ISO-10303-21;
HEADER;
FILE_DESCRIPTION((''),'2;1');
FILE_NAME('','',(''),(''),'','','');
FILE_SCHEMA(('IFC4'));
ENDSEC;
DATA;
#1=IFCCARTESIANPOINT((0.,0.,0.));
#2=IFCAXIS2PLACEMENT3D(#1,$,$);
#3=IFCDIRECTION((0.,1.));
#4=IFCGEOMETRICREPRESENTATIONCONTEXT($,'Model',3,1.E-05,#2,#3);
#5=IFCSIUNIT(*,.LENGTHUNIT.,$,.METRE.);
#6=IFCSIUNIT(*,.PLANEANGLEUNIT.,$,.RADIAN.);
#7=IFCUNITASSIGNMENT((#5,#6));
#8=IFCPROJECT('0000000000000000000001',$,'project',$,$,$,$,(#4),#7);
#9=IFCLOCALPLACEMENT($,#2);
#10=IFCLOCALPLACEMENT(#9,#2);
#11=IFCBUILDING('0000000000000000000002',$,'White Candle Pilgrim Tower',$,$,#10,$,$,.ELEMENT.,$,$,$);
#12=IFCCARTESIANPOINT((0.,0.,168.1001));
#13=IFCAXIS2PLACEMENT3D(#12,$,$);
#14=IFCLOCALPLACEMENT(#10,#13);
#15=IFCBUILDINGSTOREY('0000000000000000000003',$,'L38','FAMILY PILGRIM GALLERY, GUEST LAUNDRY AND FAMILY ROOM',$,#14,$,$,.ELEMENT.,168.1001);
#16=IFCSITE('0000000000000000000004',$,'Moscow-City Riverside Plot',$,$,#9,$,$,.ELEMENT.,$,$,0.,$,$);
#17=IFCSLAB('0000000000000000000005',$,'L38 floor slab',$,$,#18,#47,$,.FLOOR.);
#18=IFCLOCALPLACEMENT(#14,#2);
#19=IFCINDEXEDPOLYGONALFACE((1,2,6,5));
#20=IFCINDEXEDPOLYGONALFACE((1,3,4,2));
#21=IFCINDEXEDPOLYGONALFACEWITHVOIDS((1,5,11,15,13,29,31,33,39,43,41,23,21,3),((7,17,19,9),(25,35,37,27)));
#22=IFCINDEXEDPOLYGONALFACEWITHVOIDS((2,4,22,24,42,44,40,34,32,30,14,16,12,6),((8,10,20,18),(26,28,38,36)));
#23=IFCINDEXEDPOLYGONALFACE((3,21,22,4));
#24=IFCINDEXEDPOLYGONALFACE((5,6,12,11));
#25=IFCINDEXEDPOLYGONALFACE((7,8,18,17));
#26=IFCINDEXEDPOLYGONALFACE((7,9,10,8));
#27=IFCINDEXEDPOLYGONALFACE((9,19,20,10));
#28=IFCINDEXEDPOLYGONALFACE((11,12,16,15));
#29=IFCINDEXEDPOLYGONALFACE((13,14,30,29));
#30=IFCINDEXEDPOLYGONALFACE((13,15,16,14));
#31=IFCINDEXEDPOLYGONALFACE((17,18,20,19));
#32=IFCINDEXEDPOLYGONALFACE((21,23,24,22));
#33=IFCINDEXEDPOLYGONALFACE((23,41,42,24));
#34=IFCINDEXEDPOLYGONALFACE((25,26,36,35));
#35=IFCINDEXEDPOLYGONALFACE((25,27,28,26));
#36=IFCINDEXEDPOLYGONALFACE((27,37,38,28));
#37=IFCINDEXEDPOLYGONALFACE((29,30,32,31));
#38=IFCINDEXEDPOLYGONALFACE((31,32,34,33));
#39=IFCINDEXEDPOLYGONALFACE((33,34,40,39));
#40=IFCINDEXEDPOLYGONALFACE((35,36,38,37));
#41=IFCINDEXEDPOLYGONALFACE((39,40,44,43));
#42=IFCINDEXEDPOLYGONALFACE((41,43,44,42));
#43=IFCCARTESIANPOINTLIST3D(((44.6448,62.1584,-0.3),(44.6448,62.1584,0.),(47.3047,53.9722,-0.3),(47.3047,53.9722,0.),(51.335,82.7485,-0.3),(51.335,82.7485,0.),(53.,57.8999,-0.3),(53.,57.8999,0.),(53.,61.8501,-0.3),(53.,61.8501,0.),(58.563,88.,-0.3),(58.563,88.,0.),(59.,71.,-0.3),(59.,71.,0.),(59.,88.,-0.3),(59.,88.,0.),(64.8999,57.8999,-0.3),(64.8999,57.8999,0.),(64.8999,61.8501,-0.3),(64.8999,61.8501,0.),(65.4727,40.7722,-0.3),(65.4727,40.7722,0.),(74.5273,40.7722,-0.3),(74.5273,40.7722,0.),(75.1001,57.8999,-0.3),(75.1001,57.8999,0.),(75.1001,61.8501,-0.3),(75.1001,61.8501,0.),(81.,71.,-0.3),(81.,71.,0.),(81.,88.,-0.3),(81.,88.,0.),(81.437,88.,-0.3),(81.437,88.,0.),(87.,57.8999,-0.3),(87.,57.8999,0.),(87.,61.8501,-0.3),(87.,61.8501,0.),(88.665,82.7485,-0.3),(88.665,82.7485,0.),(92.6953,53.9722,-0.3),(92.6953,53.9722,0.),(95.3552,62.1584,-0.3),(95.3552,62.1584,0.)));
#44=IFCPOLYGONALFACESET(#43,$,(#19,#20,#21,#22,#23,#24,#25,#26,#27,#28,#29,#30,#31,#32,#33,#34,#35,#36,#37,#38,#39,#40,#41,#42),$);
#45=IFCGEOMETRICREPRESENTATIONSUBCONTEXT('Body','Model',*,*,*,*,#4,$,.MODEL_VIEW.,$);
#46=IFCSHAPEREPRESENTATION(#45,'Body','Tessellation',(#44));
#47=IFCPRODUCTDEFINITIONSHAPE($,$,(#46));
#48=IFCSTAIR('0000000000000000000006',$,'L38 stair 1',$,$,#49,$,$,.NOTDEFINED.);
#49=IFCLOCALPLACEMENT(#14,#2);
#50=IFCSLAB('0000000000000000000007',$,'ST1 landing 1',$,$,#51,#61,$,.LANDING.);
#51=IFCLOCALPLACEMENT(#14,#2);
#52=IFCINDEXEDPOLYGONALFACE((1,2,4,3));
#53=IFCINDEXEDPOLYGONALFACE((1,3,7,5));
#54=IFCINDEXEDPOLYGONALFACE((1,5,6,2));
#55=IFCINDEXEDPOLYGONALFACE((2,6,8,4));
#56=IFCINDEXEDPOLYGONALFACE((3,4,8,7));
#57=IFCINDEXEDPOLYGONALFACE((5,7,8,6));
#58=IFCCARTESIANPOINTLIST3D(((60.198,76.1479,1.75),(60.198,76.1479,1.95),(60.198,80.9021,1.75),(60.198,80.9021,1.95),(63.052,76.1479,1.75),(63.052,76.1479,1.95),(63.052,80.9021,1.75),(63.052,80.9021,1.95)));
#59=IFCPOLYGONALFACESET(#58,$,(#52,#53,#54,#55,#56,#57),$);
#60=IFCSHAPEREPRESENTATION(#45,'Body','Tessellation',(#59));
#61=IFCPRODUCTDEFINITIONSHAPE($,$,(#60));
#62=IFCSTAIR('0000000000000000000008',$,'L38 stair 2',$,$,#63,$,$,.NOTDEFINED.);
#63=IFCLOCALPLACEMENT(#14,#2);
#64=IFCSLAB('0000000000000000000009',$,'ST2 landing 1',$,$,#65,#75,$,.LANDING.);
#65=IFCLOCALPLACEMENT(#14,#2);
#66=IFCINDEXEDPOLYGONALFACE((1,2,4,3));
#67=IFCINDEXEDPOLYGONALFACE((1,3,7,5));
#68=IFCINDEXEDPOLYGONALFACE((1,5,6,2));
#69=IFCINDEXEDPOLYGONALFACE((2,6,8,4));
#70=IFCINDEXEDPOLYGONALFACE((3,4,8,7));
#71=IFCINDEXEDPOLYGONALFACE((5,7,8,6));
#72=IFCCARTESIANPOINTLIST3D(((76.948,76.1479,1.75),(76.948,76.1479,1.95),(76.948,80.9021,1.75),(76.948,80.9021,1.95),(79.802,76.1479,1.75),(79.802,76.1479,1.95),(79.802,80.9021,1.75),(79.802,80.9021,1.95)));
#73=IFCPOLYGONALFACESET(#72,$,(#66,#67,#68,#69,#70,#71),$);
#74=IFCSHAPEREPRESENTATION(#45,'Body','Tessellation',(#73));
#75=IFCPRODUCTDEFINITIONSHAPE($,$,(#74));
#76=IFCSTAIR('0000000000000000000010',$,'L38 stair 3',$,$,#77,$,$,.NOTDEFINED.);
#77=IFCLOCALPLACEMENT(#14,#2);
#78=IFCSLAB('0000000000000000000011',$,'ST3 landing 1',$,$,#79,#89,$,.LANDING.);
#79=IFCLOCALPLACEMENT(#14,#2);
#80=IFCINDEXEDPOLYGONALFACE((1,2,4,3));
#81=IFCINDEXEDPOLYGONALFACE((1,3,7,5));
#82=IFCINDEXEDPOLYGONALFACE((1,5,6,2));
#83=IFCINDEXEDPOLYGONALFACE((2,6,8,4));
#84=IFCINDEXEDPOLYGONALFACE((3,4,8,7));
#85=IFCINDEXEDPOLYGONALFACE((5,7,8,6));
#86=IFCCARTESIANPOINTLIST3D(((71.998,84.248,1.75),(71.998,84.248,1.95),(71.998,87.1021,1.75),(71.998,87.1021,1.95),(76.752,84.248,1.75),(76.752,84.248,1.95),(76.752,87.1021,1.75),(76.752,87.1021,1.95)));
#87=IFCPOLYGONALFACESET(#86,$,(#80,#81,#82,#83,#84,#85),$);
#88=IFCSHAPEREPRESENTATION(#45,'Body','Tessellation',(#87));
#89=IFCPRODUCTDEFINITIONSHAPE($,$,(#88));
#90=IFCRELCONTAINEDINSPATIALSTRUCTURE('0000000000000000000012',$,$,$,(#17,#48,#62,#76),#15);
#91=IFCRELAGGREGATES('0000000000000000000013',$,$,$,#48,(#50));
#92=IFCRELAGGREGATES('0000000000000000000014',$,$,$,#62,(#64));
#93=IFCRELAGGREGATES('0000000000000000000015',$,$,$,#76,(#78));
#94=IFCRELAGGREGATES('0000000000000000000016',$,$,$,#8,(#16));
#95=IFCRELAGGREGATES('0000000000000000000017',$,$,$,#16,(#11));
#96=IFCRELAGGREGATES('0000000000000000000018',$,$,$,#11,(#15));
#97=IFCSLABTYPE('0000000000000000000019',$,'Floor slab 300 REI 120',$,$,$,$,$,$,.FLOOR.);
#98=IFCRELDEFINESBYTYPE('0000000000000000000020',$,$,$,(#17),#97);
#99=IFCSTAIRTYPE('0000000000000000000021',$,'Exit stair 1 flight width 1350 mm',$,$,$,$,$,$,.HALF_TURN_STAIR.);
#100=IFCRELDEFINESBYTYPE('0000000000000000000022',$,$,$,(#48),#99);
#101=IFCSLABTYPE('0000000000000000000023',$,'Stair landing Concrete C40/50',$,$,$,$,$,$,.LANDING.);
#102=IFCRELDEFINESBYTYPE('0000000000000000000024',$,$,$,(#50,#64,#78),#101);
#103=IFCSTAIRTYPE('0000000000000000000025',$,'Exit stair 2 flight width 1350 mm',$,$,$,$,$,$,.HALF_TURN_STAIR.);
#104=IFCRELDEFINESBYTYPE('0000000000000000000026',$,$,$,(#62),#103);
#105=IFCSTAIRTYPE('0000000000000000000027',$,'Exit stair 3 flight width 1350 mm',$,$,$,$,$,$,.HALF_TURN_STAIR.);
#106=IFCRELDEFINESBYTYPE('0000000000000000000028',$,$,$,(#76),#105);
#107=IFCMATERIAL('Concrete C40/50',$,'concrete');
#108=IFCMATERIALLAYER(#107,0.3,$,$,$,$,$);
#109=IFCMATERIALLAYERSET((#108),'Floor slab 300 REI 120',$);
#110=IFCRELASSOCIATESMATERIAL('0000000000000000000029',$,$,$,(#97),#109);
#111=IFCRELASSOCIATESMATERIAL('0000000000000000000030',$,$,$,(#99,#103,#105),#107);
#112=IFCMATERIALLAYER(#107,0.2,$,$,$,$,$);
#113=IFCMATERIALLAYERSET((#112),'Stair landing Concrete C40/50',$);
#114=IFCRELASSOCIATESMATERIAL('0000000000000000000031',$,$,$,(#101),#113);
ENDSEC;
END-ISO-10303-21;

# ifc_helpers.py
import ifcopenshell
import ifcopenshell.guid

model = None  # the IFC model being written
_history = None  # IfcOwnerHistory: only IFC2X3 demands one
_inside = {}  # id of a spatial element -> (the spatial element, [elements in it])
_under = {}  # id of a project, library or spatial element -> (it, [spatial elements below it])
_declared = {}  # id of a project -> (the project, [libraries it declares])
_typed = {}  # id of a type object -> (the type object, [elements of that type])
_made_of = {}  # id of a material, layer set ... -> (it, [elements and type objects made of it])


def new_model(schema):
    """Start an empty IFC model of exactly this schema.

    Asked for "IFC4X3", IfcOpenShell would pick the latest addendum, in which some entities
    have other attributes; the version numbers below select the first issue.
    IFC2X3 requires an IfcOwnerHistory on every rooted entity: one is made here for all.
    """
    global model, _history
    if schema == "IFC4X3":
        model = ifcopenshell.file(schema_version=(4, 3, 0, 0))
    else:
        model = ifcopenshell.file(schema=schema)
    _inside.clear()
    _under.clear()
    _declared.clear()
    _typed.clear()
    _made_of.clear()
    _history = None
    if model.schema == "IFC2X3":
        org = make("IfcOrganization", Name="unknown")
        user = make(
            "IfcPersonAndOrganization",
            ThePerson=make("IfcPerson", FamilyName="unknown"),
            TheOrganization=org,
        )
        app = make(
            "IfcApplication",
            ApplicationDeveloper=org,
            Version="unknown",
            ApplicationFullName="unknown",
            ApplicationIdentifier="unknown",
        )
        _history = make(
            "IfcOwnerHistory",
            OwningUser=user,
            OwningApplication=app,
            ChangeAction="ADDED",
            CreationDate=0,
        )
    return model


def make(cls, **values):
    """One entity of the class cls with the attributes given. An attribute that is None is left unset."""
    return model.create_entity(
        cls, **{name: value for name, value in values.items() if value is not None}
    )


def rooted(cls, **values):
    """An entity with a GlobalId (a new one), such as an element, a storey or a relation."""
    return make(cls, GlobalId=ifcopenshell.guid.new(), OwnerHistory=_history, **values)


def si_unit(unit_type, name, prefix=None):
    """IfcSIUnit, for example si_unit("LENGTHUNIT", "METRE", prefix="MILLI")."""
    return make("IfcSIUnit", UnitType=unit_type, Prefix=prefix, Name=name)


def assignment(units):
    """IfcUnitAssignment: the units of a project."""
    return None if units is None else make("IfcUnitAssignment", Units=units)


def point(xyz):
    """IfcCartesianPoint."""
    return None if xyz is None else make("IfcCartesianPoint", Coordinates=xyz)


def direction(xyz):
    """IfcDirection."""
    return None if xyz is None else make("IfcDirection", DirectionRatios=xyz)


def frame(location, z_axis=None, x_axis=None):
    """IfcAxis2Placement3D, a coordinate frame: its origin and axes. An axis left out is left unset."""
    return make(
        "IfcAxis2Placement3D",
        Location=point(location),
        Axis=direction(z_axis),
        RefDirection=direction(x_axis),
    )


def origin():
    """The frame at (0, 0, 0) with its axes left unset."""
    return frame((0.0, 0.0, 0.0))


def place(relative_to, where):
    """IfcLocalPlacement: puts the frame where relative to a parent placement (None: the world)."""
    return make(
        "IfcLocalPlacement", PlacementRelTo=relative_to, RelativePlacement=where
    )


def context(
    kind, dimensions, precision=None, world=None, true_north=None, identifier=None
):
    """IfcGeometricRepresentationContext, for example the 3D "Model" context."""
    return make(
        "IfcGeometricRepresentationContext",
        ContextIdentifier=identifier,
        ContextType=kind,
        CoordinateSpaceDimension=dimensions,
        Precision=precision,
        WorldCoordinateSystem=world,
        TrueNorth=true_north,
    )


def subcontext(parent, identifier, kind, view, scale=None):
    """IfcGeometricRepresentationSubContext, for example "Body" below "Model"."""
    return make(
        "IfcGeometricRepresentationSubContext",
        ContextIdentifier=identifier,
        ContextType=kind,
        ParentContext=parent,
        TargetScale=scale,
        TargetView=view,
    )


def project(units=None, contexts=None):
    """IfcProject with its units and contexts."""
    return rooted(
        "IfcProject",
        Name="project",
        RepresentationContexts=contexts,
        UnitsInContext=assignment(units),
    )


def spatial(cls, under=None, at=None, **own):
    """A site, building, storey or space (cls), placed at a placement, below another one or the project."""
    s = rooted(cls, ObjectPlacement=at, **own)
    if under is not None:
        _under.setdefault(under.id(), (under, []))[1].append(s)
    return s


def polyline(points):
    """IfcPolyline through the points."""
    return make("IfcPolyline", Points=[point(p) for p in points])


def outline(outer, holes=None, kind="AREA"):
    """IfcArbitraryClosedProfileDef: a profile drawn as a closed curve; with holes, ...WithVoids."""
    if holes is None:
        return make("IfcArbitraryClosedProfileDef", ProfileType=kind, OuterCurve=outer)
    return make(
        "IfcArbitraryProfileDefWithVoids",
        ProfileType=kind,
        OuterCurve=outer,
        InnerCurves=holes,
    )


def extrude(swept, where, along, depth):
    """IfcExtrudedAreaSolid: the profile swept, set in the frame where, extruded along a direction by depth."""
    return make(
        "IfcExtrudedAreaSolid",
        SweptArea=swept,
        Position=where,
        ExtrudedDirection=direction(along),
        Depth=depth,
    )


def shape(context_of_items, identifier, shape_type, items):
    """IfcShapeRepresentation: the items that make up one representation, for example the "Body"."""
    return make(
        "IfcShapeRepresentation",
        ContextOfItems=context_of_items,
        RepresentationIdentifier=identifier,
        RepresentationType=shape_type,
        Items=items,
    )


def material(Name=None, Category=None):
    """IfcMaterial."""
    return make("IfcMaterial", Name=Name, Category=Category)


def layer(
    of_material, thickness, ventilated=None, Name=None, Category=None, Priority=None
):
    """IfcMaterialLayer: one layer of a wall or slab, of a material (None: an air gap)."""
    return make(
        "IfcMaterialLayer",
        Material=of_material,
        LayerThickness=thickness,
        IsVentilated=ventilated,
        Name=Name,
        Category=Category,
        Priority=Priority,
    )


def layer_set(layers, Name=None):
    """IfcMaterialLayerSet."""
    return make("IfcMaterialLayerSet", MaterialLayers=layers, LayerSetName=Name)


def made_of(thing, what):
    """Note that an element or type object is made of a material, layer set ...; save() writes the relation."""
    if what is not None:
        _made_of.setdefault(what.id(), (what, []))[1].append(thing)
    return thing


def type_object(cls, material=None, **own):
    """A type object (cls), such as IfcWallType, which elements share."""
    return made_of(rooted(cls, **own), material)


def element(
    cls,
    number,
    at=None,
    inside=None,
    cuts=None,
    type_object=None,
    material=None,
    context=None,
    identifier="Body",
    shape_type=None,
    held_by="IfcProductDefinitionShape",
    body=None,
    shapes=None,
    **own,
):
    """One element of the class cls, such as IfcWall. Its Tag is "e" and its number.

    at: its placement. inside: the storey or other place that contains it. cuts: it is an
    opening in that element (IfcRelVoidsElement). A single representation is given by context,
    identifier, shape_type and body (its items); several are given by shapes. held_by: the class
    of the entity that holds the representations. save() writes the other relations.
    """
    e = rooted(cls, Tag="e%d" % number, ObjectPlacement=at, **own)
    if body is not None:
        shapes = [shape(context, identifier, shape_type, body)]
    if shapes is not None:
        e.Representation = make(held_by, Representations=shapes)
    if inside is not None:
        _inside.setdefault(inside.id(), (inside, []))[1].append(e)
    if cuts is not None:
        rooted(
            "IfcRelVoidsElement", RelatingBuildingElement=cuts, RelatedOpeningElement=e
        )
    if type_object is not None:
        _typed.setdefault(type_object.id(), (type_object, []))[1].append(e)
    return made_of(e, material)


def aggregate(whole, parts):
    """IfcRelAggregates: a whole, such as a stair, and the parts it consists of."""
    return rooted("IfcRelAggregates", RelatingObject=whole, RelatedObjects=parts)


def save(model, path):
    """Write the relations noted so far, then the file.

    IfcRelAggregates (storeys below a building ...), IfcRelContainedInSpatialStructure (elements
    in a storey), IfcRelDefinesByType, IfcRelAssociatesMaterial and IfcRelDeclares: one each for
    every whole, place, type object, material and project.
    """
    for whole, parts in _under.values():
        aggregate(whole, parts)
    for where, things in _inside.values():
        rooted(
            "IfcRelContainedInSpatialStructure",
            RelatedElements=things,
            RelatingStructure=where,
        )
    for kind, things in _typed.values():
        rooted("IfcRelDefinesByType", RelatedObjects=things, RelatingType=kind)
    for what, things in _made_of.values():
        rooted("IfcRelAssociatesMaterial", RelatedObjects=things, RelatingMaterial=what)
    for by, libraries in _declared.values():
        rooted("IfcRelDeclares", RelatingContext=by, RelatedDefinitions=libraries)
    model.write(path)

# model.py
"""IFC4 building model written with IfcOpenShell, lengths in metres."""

from ifc_helpers import new_model, si_unit, direction, frame, origin, place, context, subcontext, project, spatial, polyline, outline, extrude, material, layer, layer_set, type_object, element, aggregate, save


model = new_model("IFC4")

# Units and contexts
model_context = context("Model", 3, precision=1e-05, world=origin(), true_north=direction((0.0, 1.0)))
body_context = subcontext(model_context, "Body", "Model", "MODEL_VIEW")
ifc_project = project(units=[si_unit("LENGTHUNIT", "METRE"), si_unit("PLANEANGLEUNIT", "RADIAN")], contexts=[model_context])

# Site, building, storey
site_placement = place(None, origin())
site = spatial("IfcSite", under=ifc_project, at=site_placement, Name="Moscow-City Riverside Plot", CompositionType="ELEMENT", RefElevation=0.0)
building_placement = place(site_placement, origin())
building = spatial("IfcBuilding", under=site, at=building_placement, Name="White Candle Pilgrim Tower", CompositionType="ELEMENT")
storey_placement = place(building_placement, frame((0.0, 0.0, 168.1001)))
storey = spatial("IfcBuildingStorey", under=building, at=storey_placement, Name="L38", Description="FAMILY PILGRIM GALLERY, GUEST LAUNDRY AND FAMILY ROOM", CompositionType="ELEMENT", Elevation=168.1001)

# Slab
ifc_material = material(Name="Concrete C40/50", Category="concrete")
ifc_layer_1 = layer(ifc_material, 0.3)
ifc_layer_set_1 = layer_set([ifc_layer_1], Name="Floor slab 300 REI 120")
slab_type_1 = type_object("IfcSlabType", Name="Floor slab 300 REI 120", PredefinedType="FLOOR", material=ifc_layer_set_1)
slab_1_placement = place(storey_placement, frame((0.0, 0.0, -0.3)))
element("IfcSlab", 1, at=slab_1_placement, inside=storey, type_object=slab_type_1, Name="L38 floor slab", PredefinedType="FLOOR", context=body_context, shape_type="SweptSolid", body=[
    extrude(outline(polyline([(65.4727, 40.7722), (74.5273, 40.7722), (92.6953, 53.9722), (95.3552, 62.1584), (88.665, 82.7485), (81.437, 88.0), (81.0, 88.0), (81.0, 71.0), (59.0, 71.0), (59.0, 88.0), (58.563, 88.0), (51.335, 82.7485), (44.6448, 62.1584), (47.3047, 53.9722), (65.4727, 40.7722)]), holes=[polyline([(53.0, 57.8999), (53.0, 61.8501), (64.8999, 61.8501), (64.8999, 57.8999), (53.0, 57.8999)]), polyline([(75.1001, 57.8999), (75.1001, 61.8501), (87.0, 61.8501), (87.0, 57.8999), (75.1001, 57.8999)])]), origin(), (0.0, 0.0, 1.0), 0.3),
])

# Stairs, slabs
stair_type_1 = type_object("IfcStairType", Name="Exit stair 1 flight width 1350 mm", PredefinedType="HALF_TURN_STAIR", material=ifc_material)
stair_1_placement = place(storey_placement, origin())
stair_1 = element("IfcStair", 2, at=stair_1_placement, inside=storey, type_object=stair_type_1, Name="L38 stair 1", PredefinedType="NOTDEFINED")
ifc_layer_2 = layer(ifc_material, 0.2)
ifc_layer_set_2 = layer_set([ifc_layer_2], Name="Stair landing Concrete C40/50")
slab_type_2 = type_object("IfcSlabType", Name="Stair landing Concrete C40/50", PredefinedType="LANDING", material=ifc_layer_set_2)
slab_2_placement = place(storey_placement, frame((0.0, 0.0, 1.75)))
slab_2 = element("IfcSlab", 3, at=slab_2_placement, type_object=slab_type_2, Name="ST1 landing 1", PredefinedType="LANDING", context=body_context, shape_type="SweptSolid", body=[
    extrude(outline(polyline([(63.052, 76.1479), (60.198, 76.1479), (60.198, 80.9021), (63.052, 80.9021), (63.052, 76.1479)])), origin(), (0.0, 0.0, 1.0), 0.2),
])
aggregate(stair_1, [slab_2])
stair_type_2 = type_object("IfcStairType", Name="Exit stair 2 flight width 1350 mm", PredefinedType="HALF_TURN_STAIR", material=ifc_material)
stair_2_placement = place(storey_placement, origin())
stair_2 = element("IfcStair", 4, at=stair_2_placement, inside=storey, type_object=stair_type_2, Name="L38 stair 2", PredefinedType="NOTDEFINED")
slab_3_placement = place(storey_placement, frame((0.0, 0.0, 1.75)))
slab_3 = element("IfcSlab", 5, at=slab_3_placement, type_object=slab_type_2, Name="ST2 landing 1", PredefinedType="LANDING", context=body_context, shape_type="SweptSolid", body=[
    extrude(outline(polyline([(79.802, 76.1479), (76.948, 76.1479), (76.948, 80.9021), (79.802, 80.9021), (79.802, 76.1479)])), origin(), (0.0, 0.0, 1.0), 0.2),
])
aggregate(stair_2, [slab_3])
stair_type_3 = type_object("IfcStairType", Name="Exit stair 3 flight width 1350 mm", PredefinedType="HALF_TURN_STAIR", material=ifc_material)
stair_3_placement = place(storey_placement, origin())
stair_3 = element("IfcStair", 6, at=stair_3_placement, inside=storey, type_object=stair_type_3, Name="L38 stair 3", PredefinedType="NOTDEFINED")
slab_4_placement = place(storey_placement, frame((0.0, 0.0, 1.75)))
slab_4 = element("IfcSlab", 7, at=slab_4_placement, type_object=slab_type_2, Name="ST3 landing 1", PredefinedType="LANDING", context=body_context, shape_type="SweptSolid", body=[
    extrude(outline(polyline([(71.998, 84.248), (71.998, 87.1021), (76.752, 87.1021), (76.752, 84.248), (71.998, 84.248)])), origin(), (0.0, 0.0, 1.0), 0.2),
])
aggregate(stair_3, [slab_4])

save(model, "model.ifc")
